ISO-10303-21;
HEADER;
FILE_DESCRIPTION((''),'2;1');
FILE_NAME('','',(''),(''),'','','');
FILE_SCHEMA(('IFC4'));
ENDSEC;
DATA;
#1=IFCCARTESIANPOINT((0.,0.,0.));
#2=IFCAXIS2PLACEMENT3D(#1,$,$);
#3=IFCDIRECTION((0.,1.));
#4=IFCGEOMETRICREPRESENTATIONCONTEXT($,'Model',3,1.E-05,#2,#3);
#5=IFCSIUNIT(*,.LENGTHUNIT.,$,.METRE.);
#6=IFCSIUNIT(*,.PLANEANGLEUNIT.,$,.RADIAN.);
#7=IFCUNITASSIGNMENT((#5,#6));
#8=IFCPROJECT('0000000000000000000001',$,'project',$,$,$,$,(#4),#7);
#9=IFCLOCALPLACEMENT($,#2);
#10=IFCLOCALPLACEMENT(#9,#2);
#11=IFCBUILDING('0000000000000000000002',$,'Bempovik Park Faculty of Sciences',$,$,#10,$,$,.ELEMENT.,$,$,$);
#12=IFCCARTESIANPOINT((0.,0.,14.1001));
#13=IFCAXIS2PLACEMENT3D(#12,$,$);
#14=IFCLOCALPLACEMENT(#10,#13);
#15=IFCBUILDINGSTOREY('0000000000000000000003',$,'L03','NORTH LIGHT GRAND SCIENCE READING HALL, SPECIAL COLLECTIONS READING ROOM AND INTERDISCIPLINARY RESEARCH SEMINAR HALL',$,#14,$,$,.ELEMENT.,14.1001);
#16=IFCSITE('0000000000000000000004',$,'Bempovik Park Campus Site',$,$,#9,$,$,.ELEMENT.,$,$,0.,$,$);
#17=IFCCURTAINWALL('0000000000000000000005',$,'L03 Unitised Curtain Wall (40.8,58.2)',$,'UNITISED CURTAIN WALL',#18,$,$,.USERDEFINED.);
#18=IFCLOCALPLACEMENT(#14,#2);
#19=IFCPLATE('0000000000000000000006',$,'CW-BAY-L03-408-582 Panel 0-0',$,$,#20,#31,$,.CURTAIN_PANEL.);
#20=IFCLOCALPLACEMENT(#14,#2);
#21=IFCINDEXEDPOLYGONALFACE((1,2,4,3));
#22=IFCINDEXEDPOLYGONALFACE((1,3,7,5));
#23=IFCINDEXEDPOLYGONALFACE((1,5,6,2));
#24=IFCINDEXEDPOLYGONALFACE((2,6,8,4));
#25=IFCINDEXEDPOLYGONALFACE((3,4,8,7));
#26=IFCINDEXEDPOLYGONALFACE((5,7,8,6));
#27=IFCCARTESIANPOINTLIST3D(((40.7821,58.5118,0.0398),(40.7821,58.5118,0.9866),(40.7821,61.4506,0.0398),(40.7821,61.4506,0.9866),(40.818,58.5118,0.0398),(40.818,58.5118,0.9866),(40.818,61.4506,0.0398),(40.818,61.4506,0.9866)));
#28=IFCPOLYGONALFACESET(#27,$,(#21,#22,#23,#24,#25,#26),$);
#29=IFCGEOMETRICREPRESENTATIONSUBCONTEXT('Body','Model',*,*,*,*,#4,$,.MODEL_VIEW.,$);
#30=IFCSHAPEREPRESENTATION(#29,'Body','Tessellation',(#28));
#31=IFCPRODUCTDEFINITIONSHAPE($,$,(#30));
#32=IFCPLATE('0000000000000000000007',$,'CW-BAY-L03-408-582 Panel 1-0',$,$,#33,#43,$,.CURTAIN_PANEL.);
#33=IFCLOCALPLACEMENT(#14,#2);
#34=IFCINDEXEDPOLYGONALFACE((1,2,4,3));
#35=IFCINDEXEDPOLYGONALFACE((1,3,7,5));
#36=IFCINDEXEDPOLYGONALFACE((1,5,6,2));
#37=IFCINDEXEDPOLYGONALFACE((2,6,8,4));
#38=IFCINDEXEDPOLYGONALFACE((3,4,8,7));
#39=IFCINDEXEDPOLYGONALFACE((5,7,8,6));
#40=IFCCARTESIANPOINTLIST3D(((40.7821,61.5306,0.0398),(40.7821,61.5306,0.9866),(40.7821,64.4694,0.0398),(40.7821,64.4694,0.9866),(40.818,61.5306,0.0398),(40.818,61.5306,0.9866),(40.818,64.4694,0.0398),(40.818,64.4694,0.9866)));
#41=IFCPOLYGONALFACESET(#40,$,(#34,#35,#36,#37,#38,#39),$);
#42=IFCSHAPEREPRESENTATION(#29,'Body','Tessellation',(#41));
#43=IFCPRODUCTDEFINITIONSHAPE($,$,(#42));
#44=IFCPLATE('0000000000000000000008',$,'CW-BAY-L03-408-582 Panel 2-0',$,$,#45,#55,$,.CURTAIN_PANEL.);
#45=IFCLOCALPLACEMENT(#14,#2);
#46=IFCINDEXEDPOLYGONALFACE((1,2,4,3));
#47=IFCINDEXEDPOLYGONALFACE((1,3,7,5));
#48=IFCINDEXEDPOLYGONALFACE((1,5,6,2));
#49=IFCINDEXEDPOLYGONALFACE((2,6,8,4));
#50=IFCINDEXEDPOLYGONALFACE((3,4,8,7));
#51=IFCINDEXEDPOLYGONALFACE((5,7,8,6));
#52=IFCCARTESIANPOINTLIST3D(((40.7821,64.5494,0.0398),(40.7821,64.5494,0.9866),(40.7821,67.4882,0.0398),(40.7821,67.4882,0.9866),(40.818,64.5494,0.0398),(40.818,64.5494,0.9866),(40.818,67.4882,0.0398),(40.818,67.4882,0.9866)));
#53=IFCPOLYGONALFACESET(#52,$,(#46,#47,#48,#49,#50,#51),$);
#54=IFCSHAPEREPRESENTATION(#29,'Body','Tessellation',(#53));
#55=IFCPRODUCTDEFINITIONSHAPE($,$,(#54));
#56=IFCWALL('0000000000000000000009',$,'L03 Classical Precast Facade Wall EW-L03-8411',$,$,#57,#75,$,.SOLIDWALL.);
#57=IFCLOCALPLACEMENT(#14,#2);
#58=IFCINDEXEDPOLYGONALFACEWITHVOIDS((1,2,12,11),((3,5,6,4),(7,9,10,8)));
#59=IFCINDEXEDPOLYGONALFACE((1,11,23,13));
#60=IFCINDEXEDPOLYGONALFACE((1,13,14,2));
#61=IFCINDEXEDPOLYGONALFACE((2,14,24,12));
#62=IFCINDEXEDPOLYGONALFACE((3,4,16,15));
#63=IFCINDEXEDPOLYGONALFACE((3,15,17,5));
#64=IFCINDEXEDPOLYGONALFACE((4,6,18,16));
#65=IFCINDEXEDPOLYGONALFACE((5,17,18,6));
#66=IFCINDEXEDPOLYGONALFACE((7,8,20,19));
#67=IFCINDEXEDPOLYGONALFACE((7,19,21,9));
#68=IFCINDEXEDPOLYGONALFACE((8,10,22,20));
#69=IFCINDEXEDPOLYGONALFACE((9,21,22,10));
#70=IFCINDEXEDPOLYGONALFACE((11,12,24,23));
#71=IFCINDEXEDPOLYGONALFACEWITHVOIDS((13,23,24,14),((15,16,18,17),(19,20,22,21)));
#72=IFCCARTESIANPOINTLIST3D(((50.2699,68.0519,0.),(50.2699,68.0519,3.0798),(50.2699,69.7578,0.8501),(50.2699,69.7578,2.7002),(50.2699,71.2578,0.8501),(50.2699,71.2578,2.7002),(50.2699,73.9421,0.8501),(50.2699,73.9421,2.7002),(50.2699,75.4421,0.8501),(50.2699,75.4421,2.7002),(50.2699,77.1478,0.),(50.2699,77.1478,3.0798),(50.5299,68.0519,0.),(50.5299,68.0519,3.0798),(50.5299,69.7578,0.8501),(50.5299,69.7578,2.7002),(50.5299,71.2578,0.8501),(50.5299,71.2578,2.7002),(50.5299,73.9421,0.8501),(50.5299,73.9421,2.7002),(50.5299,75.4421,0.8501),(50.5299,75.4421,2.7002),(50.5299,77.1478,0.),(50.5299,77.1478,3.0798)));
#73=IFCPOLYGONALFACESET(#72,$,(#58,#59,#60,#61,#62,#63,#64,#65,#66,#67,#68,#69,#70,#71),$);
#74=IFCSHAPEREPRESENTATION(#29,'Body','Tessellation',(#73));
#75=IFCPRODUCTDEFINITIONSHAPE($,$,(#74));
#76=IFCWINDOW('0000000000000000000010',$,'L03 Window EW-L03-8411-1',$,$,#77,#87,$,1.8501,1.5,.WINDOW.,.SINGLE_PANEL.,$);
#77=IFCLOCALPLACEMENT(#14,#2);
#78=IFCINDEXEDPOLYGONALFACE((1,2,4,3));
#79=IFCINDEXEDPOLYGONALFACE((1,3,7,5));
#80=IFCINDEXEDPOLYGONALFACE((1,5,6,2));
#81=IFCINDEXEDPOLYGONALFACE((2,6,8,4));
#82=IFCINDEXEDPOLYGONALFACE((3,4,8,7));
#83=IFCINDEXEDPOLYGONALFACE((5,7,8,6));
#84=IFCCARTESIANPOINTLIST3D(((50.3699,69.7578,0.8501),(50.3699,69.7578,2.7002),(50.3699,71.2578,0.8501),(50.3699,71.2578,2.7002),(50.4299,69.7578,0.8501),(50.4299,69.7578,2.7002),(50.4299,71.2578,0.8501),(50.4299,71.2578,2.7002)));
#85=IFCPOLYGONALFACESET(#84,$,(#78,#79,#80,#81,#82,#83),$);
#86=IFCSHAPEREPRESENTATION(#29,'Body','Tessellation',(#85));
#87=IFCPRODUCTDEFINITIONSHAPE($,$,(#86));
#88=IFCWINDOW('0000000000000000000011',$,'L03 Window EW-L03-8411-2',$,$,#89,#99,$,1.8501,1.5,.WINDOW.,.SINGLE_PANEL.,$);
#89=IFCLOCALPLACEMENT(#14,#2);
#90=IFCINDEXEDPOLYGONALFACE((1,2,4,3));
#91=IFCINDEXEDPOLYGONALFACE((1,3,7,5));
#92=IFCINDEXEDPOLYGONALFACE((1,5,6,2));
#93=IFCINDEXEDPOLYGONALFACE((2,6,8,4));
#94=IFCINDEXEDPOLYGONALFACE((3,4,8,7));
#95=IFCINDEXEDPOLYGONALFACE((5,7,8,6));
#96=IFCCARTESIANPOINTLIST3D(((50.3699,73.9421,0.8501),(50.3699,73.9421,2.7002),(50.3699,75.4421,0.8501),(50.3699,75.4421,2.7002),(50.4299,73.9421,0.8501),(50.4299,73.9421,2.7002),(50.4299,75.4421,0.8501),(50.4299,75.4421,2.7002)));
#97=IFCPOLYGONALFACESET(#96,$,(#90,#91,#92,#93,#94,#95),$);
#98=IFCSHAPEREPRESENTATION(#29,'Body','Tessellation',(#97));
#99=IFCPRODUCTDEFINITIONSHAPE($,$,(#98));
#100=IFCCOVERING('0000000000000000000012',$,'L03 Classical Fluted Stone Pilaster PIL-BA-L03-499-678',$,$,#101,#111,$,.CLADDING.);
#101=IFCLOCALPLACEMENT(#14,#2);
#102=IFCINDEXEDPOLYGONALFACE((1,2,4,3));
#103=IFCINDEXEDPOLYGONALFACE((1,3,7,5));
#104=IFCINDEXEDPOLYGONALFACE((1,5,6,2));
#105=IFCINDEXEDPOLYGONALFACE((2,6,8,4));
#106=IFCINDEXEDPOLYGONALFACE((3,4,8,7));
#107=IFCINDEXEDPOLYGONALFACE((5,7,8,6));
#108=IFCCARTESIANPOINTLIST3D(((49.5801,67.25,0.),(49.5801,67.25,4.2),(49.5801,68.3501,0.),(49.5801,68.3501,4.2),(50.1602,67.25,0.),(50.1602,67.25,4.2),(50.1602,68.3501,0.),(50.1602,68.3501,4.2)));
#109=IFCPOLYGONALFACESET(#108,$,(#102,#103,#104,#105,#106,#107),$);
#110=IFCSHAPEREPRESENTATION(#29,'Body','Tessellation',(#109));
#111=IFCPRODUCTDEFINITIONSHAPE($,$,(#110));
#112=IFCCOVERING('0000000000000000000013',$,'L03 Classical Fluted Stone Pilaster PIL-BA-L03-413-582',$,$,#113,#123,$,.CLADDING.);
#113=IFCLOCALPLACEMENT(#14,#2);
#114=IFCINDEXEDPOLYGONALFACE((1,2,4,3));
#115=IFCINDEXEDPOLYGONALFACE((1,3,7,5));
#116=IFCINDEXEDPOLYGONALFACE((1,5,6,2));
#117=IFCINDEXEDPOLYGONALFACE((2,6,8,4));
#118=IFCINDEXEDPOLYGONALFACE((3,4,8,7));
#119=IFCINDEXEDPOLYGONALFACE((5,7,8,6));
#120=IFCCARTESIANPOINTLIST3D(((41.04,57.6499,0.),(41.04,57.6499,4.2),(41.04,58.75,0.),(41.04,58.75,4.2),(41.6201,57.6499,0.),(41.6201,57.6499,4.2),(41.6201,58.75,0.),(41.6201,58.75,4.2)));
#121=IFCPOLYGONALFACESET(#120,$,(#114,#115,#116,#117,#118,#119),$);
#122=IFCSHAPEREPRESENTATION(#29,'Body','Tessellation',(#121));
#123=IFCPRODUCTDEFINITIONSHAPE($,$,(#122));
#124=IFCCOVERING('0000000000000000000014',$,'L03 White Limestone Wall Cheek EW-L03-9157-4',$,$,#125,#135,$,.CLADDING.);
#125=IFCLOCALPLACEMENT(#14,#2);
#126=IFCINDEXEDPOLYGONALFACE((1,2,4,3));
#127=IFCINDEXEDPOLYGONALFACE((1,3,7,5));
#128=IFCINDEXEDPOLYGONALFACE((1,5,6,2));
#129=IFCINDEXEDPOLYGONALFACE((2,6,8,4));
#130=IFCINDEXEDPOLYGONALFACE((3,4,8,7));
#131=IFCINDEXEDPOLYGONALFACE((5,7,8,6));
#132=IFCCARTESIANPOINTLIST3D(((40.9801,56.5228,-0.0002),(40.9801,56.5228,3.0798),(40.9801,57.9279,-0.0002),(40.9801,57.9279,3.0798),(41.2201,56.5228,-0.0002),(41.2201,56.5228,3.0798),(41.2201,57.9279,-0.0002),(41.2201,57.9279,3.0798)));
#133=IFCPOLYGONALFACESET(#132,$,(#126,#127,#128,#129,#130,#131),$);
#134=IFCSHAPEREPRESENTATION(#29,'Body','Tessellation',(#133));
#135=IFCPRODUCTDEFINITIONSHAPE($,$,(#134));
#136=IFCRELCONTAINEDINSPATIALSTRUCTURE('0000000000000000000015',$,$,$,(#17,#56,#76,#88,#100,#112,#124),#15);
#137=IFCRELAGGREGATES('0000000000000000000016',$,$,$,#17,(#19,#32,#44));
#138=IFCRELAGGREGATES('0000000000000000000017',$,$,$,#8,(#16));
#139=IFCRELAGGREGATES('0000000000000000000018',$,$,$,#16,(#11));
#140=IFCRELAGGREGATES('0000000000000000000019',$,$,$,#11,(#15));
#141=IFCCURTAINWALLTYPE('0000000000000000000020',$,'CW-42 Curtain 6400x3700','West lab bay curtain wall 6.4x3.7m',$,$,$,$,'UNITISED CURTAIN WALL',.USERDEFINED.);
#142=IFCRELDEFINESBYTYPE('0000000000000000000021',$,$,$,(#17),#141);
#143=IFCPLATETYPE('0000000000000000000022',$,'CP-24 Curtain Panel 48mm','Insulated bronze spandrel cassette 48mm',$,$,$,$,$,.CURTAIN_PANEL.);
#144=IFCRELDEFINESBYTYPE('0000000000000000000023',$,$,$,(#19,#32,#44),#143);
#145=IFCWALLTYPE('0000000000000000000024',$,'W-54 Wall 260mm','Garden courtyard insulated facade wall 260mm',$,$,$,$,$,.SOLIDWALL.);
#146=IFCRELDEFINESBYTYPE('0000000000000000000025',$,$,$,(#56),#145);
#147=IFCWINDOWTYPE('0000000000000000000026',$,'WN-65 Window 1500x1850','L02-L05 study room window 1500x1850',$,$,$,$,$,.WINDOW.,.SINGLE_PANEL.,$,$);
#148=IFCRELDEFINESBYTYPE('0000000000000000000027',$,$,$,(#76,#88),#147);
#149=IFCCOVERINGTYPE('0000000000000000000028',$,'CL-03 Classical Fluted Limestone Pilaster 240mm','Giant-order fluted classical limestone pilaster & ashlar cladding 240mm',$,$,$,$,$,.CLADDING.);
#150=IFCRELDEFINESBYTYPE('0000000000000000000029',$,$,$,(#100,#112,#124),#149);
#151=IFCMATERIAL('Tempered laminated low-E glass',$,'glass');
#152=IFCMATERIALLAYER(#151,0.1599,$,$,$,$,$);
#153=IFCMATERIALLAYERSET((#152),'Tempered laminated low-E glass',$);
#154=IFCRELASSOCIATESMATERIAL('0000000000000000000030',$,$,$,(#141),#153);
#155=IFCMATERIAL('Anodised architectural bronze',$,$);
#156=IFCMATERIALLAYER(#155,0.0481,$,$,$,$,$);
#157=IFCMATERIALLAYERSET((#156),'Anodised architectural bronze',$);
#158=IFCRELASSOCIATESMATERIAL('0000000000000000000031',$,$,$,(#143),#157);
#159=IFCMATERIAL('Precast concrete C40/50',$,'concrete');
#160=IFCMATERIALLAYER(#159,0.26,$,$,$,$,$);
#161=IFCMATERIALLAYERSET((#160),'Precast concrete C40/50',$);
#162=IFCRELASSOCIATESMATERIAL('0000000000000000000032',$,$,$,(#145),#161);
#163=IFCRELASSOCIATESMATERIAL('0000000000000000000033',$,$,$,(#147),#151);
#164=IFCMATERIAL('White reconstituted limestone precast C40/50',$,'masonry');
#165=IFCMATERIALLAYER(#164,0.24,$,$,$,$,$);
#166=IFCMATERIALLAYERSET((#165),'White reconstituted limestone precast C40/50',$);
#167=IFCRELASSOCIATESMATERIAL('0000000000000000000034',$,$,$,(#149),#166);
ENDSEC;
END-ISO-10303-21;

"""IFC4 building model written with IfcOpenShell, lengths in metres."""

from ifc_helpers import new_model, si_unit, direction, frame, frame_2d, origin, origin_2d, place, context, subcontext, project, spatial, rectangle, extrude, material, layer, layer_set, type_object, element, fill, aggregate, save


model = new_model("IFC4")

# Units and contexts
model_context = context("Model", 3, precision=1e-05, world=origin(), true_north=direction((0.0, 1.0)))
body_context = subcontext(model_context, "Body", "Model", "MODEL_VIEW")
ifc_project = project(units=[si_unit("LENGTHUNIT", "METRE"), si_unit("PLANEANGLEUNIT", "RADIAN")], contexts=[model_context])

# Site, building, storey
site_placement = place(None, origin())
site = spatial("IfcSite", under=ifc_project, at=site_placement, Name="Bempovik Park Campus Site", CompositionType="ELEMENT", RefElevation=0.0)
building_placement = place(site_placement, origin())
building = spatial("IfcBuilding", under=site, at=building_placement, Name="Bempovik Park Faculty of Sciences", CompositionType="ELEMENT")
storey_placement = place(building_placement, frame((0.0, 0.0, 14.1001)))
storey = spatial("IfcBuildingStorey", under=building, at=storey_placement, Name="L03", Description="NORTH LIGHT GRAND SCIENCE READING HALL, SPECIAL COLLECTIONS READING ROOM AND INTERDISCIPLINARY RESEARCH SEMINAR HALL", CompositionType="ELEMENT", Elevation=14.1001)

# Shared definitions
ifc_material_1 = material(Name="Tempered laminated low-E glass", Category="glass")

# Curtain wall
ifc_layer_1 = layer(ifc_material_1, 0.1599)
ifc_layer_set_1 = layer_set([ifc_layer_1], Name="Tempered laminated low-E glass")
curtain_wall_type_1 = type_object("IfcCurtainWallType", Name="CW-42 Curtain 6400x3700", Description="West lab bay curtain wall 6.4x3.7m", ElementType="UNITISED CURTAIN WALL", PredefinedType="USERDEFINED", material=ifc_layer_set_1)
curtain_wall_1_placement = place(storey_placement, origin())
curtain_wall_1 = element("IfcCurtainWall", 1, at=curtain_wall_1_placement, inside=storey, type_object=curtain_wall_type_1, Name="L03 Unitised Curtain Wall (40.8,58.2)", ObjectType="UNITISED CURTAIN WALL", PredefinedType="USERDEFINED")

# Plates
ifc_material_2 = material(Name="Anodised architectural bronze")
ifc_layer_2 = layer(ifc_material_2, 0.0481)
ifc_layer_set_2 = layer_set([ifc_layer_2], Name="Anodised architectural bronze")
plate_type_1 = type_object("IfcPlateType", Name="CP-24 Curtain Panel 48mm", Description="Insulated bronze spandrel cassette 48mm", PredefinedType="CURTAIN_PANEL", material=ifc_layer_set_2)
plate_1_placement = place(storey_placement, frame((40.8, 59.9812, 0.0398), z_axis=(0.0, 0.0, 1.0), x_axis=(0.0, 1.0, 0.0)))
plate_1 = element("IfcPlate", 2, at=plate_1_placement, type_object=plate_type_1, Name="CW-BAY-L03-408-582 Panel 0-0", PredefinedType="CURTAIN_PANEL", context=body_context, shape_type="SweptSolid", body=[
    extrude(rectangle(XDim=2.9387, YDim=0.0359, at=origin_2d()), origin(), (0.0, 0.0, 1.0), 0.9468),
])
plate_2_placement = place(storey_placement, frame((40.8, 63.0, 0.0398), z_axis=(0.0, 0.0, 1.0), x_axis=(0.0, 1.0, 0.0)))
plate_2 = element("IfcPlate", 3, at=plate_2_placement, type_object=plate_type_1, Name="CW-BAY-L03-408-582 Panel 1-0", PredefinedType="CURTAIN_PANEL", context=body_context, shape_type="SweptSolid", body=[
    extrude(rectangle(XDim=2.9387, YDim=0.0359, at=origin_2d()), origin(), (0.0, 0.0, 1.0), 0.9468),
])
plate_3_placement = place(storey_placement, frame((40.8, 66.0188, 0.0398), z_axis=(0.0, 0.0, 1.0), x_axis=(0.0, 1.0, 0.0)))
plate_3 = element("IfcPlate", 4, at=plate_3_placement, type_object=plate_type_1, Name="CW-BAY-L03-408-582 Panel 2-0", PredefinedType="CURTAIN_PANEL", context=body_context, shape_type="SweptSolid", body=[
    extrude(rectangle(XDim=2.9387, YDim=0.0359, at=origin_2d()), origin(), (0.0, 0.0, 1.0), 0.9468),
])
aggregate(curtain_wall_1, [plate_1, plate_2, plate_3])

# Wall, openings, windows
ifc_material_3 = material(Name="Precast concrete C40/50", Category="concrete")
ifc_layer_3 = layer(ifc_material_3, 0.26)
ifc_layer_set_3 = layer_set([ifc_layer_3], Name="Precast concrete C40/50")
wall_type = type_object("IfcWallType", Name="W-54 Wall 260mm", Description="Garden courtyard insulated facade wall 260mm", PredefinedType="SOLIDWALL", material=ifc_layer_set_3)
wall_placement = place(storey_placement, frame((50.3999, 68.052, 0.0), z_axis=(0.0, 0.0, 1.0), x_axis=(0.0, 1.0, 0.0)))
wall = element("IfcWall", 5, at=wall_placement, inside=storey, type_object=wall_type, Name="L03 Classical Precast Facade Wall EW-L03-8411", PredefinedType="SOLIDWALL", context=body_context, shape_type="SweptSolid", body=[
    extrude(rectangle(XDim=9.0959, YDim=0.26, at=frame_2d((4.5479, 0.0))), origin(), (0.0, 0.0, 1.0), 3.0798),
])
opening_1_placement = place(wall_placement, frame((1.7058, 0.0, 0.8501)))
opening_1 = element("IfcOpeningElement", 6, at=opening_1_placement, cuts=wall, PredefinedType="OPENING", context=body_context, shape_type="SweptSolid", body=[
    extrude(rectangle(XDim=1.5, YDim=1.8501, at=frame_2d((0.75, 0.925))), frame((0.0, 0.1401, 0.0), z_axis=(0.0, -1.0, 0.0), x_axis=(1.0, 0.0, 0.0)), (0.0, 0.0, 1.0), 0.28),
])
opening_2_placement = place(wall_placement, frame((5.8901, 0.0, 0.8501)))
opening_2 = element("IfcOpeningElement", 7, at=opening_2_placement, cuts=wall, PredefinedType="OPENING", context=body_context, shape_type="SweptSolid", body=[
    extrude(rectangle(XDim=1.5, YDim=1.8501, at=frame_2d((0.75, 0.925))), frame((0.0, 0.1401, 0.0), z_axis=(0.0, -1.0, 0.0), x_axis=(1.0, 0.0, 0.0)), (0.0, 0.0, 1.0), 0.28),
])
window_type = type_object("IfcWindowType", Name="WN-65 Window 1500x1850", Description="L02-L05 study room window 1500x1850", PartitioningType="SINGLE_PANEL", PredefinedType="WINDOW", material=ifc_material_1)
window_1_placement = place(opening_1_placement, origin())
window_1 = element("IfcWindow", 8, at=window_1_placement, inside=storey, type_object=window_type, Name="L03 Window EW-L03-8411-1", OverallHeight=1.8501, OverallWidth=1.5, PartitioningType="SINGLE_PANEL", PredefinedType="WINDOW", context=body_context, shape_type="SweptSolid", body=[
    extrude(rectangle(XDim=1.5, YDim=1.8501, at=frame_2d((0.75, 0.925))), frame((0.0, 0.03, 0.0), z_axis=(0.0, -1.0, 0.0), x_axis=(1.0, 0.0, 0.0)), (0.0, 0.0, 1.0), 0.0601),
])
fill(opening_1, window_1)
window_2_placement = place(opening_2_placement, origin())
window_2 = element("IfcWindow", 9, at=window_2_placement, inside=storey, type_object=window_type, Name="L03 Window EW-L03-8411-2", OverallHeight=1.8501, OverallWidth=1.5, PartitioningType="SINGLE_PANEL", PredefinedType="WINDOW", context=body_context, shape_type="SweptSolid", body=[
    extrude(rectangle(XDim=1.5, YDim=1.8501, at=frame_2d((0.75, 0.925))), frame((0.0, 0.03, 0.0), z_axis=(0.0, -1.0, 0.0), x_axis=(1.0, 0.0, 0.0)), (0.0, 0.0, 1.0), 0.0601),
])
fill(opening_2, window_2)

# Coverings
ifc_material_4 = material(Name="White reconstituted limestone precast C40/50", Category="masonry")
ifc_layer_4 = layer(ifc_material_4, 0.24)
ifc_layer_set_4 = layer_set([ifc_layer_4], Name="White reconstituted limestone precast C40/50")
covering_type = type_object("IfcCoveringType", Name="CL-03 Classical Fluted Limestone Pilaster 240mm", Description="Giant-order fluted classical limestone pilaster & ashlar cladding 240mm", PredefinedType="CLADDING", material=ifc_layer_set_4)
for number, where, z_axis, x_axis, name in (
    (10, (49.8701, 67.8, 0.0), (0.0, 0.0, 1.0), (1.0, 0.0, 0.0), "L03 Classical Fluted Stone Pilaster PIL-BA-L03-499-678"),
    (11, (41.3301, 58.2, 0.0), (0.0, 0.0, 1.0), (1.0, 0.0, 0.0), "L03 Classical Fluted Stone Pilaster PIL-BA-L03-413-582"),
):
    element("IfcCovering", number, at=place(storey_placement, frame(where, z_axis=z_axis, x_axis=x_axis)), inside=storey, type_object=covering_type, Name=name, PredefinedType="CLADDING", context=body_context, shape_type="SweptSolid", body=[
        extrude(rectangle(XDim=0.5801, YDim=1.1001, at=origin_2d()), origin(), (0.0, 0.0, 1.0), 4.2),
    ])
covering_placement = place(storey_placement, frame((41.1001, 57.2253, -0.0002), z_axis=(0.0, 0.0, 1.0), x_axis=(1.0, 0.0, 0.0)))
element("IfcCovering", 12, at=covering_placement, inside=storey, type_object=covering_type, Name="L03 White Limestone Wall Cheek EW-L03-9157-4", PredefinedType="CLADDING", context=body_context, shape_type="SweptSolid", body=[
    extrude(rectangle(XDim=0.24, YDim=1.405, at=origin_2d()), origin(), (0.0, 0.0, 1.0), 3.0801),
])

save(model, "model.ifc")
